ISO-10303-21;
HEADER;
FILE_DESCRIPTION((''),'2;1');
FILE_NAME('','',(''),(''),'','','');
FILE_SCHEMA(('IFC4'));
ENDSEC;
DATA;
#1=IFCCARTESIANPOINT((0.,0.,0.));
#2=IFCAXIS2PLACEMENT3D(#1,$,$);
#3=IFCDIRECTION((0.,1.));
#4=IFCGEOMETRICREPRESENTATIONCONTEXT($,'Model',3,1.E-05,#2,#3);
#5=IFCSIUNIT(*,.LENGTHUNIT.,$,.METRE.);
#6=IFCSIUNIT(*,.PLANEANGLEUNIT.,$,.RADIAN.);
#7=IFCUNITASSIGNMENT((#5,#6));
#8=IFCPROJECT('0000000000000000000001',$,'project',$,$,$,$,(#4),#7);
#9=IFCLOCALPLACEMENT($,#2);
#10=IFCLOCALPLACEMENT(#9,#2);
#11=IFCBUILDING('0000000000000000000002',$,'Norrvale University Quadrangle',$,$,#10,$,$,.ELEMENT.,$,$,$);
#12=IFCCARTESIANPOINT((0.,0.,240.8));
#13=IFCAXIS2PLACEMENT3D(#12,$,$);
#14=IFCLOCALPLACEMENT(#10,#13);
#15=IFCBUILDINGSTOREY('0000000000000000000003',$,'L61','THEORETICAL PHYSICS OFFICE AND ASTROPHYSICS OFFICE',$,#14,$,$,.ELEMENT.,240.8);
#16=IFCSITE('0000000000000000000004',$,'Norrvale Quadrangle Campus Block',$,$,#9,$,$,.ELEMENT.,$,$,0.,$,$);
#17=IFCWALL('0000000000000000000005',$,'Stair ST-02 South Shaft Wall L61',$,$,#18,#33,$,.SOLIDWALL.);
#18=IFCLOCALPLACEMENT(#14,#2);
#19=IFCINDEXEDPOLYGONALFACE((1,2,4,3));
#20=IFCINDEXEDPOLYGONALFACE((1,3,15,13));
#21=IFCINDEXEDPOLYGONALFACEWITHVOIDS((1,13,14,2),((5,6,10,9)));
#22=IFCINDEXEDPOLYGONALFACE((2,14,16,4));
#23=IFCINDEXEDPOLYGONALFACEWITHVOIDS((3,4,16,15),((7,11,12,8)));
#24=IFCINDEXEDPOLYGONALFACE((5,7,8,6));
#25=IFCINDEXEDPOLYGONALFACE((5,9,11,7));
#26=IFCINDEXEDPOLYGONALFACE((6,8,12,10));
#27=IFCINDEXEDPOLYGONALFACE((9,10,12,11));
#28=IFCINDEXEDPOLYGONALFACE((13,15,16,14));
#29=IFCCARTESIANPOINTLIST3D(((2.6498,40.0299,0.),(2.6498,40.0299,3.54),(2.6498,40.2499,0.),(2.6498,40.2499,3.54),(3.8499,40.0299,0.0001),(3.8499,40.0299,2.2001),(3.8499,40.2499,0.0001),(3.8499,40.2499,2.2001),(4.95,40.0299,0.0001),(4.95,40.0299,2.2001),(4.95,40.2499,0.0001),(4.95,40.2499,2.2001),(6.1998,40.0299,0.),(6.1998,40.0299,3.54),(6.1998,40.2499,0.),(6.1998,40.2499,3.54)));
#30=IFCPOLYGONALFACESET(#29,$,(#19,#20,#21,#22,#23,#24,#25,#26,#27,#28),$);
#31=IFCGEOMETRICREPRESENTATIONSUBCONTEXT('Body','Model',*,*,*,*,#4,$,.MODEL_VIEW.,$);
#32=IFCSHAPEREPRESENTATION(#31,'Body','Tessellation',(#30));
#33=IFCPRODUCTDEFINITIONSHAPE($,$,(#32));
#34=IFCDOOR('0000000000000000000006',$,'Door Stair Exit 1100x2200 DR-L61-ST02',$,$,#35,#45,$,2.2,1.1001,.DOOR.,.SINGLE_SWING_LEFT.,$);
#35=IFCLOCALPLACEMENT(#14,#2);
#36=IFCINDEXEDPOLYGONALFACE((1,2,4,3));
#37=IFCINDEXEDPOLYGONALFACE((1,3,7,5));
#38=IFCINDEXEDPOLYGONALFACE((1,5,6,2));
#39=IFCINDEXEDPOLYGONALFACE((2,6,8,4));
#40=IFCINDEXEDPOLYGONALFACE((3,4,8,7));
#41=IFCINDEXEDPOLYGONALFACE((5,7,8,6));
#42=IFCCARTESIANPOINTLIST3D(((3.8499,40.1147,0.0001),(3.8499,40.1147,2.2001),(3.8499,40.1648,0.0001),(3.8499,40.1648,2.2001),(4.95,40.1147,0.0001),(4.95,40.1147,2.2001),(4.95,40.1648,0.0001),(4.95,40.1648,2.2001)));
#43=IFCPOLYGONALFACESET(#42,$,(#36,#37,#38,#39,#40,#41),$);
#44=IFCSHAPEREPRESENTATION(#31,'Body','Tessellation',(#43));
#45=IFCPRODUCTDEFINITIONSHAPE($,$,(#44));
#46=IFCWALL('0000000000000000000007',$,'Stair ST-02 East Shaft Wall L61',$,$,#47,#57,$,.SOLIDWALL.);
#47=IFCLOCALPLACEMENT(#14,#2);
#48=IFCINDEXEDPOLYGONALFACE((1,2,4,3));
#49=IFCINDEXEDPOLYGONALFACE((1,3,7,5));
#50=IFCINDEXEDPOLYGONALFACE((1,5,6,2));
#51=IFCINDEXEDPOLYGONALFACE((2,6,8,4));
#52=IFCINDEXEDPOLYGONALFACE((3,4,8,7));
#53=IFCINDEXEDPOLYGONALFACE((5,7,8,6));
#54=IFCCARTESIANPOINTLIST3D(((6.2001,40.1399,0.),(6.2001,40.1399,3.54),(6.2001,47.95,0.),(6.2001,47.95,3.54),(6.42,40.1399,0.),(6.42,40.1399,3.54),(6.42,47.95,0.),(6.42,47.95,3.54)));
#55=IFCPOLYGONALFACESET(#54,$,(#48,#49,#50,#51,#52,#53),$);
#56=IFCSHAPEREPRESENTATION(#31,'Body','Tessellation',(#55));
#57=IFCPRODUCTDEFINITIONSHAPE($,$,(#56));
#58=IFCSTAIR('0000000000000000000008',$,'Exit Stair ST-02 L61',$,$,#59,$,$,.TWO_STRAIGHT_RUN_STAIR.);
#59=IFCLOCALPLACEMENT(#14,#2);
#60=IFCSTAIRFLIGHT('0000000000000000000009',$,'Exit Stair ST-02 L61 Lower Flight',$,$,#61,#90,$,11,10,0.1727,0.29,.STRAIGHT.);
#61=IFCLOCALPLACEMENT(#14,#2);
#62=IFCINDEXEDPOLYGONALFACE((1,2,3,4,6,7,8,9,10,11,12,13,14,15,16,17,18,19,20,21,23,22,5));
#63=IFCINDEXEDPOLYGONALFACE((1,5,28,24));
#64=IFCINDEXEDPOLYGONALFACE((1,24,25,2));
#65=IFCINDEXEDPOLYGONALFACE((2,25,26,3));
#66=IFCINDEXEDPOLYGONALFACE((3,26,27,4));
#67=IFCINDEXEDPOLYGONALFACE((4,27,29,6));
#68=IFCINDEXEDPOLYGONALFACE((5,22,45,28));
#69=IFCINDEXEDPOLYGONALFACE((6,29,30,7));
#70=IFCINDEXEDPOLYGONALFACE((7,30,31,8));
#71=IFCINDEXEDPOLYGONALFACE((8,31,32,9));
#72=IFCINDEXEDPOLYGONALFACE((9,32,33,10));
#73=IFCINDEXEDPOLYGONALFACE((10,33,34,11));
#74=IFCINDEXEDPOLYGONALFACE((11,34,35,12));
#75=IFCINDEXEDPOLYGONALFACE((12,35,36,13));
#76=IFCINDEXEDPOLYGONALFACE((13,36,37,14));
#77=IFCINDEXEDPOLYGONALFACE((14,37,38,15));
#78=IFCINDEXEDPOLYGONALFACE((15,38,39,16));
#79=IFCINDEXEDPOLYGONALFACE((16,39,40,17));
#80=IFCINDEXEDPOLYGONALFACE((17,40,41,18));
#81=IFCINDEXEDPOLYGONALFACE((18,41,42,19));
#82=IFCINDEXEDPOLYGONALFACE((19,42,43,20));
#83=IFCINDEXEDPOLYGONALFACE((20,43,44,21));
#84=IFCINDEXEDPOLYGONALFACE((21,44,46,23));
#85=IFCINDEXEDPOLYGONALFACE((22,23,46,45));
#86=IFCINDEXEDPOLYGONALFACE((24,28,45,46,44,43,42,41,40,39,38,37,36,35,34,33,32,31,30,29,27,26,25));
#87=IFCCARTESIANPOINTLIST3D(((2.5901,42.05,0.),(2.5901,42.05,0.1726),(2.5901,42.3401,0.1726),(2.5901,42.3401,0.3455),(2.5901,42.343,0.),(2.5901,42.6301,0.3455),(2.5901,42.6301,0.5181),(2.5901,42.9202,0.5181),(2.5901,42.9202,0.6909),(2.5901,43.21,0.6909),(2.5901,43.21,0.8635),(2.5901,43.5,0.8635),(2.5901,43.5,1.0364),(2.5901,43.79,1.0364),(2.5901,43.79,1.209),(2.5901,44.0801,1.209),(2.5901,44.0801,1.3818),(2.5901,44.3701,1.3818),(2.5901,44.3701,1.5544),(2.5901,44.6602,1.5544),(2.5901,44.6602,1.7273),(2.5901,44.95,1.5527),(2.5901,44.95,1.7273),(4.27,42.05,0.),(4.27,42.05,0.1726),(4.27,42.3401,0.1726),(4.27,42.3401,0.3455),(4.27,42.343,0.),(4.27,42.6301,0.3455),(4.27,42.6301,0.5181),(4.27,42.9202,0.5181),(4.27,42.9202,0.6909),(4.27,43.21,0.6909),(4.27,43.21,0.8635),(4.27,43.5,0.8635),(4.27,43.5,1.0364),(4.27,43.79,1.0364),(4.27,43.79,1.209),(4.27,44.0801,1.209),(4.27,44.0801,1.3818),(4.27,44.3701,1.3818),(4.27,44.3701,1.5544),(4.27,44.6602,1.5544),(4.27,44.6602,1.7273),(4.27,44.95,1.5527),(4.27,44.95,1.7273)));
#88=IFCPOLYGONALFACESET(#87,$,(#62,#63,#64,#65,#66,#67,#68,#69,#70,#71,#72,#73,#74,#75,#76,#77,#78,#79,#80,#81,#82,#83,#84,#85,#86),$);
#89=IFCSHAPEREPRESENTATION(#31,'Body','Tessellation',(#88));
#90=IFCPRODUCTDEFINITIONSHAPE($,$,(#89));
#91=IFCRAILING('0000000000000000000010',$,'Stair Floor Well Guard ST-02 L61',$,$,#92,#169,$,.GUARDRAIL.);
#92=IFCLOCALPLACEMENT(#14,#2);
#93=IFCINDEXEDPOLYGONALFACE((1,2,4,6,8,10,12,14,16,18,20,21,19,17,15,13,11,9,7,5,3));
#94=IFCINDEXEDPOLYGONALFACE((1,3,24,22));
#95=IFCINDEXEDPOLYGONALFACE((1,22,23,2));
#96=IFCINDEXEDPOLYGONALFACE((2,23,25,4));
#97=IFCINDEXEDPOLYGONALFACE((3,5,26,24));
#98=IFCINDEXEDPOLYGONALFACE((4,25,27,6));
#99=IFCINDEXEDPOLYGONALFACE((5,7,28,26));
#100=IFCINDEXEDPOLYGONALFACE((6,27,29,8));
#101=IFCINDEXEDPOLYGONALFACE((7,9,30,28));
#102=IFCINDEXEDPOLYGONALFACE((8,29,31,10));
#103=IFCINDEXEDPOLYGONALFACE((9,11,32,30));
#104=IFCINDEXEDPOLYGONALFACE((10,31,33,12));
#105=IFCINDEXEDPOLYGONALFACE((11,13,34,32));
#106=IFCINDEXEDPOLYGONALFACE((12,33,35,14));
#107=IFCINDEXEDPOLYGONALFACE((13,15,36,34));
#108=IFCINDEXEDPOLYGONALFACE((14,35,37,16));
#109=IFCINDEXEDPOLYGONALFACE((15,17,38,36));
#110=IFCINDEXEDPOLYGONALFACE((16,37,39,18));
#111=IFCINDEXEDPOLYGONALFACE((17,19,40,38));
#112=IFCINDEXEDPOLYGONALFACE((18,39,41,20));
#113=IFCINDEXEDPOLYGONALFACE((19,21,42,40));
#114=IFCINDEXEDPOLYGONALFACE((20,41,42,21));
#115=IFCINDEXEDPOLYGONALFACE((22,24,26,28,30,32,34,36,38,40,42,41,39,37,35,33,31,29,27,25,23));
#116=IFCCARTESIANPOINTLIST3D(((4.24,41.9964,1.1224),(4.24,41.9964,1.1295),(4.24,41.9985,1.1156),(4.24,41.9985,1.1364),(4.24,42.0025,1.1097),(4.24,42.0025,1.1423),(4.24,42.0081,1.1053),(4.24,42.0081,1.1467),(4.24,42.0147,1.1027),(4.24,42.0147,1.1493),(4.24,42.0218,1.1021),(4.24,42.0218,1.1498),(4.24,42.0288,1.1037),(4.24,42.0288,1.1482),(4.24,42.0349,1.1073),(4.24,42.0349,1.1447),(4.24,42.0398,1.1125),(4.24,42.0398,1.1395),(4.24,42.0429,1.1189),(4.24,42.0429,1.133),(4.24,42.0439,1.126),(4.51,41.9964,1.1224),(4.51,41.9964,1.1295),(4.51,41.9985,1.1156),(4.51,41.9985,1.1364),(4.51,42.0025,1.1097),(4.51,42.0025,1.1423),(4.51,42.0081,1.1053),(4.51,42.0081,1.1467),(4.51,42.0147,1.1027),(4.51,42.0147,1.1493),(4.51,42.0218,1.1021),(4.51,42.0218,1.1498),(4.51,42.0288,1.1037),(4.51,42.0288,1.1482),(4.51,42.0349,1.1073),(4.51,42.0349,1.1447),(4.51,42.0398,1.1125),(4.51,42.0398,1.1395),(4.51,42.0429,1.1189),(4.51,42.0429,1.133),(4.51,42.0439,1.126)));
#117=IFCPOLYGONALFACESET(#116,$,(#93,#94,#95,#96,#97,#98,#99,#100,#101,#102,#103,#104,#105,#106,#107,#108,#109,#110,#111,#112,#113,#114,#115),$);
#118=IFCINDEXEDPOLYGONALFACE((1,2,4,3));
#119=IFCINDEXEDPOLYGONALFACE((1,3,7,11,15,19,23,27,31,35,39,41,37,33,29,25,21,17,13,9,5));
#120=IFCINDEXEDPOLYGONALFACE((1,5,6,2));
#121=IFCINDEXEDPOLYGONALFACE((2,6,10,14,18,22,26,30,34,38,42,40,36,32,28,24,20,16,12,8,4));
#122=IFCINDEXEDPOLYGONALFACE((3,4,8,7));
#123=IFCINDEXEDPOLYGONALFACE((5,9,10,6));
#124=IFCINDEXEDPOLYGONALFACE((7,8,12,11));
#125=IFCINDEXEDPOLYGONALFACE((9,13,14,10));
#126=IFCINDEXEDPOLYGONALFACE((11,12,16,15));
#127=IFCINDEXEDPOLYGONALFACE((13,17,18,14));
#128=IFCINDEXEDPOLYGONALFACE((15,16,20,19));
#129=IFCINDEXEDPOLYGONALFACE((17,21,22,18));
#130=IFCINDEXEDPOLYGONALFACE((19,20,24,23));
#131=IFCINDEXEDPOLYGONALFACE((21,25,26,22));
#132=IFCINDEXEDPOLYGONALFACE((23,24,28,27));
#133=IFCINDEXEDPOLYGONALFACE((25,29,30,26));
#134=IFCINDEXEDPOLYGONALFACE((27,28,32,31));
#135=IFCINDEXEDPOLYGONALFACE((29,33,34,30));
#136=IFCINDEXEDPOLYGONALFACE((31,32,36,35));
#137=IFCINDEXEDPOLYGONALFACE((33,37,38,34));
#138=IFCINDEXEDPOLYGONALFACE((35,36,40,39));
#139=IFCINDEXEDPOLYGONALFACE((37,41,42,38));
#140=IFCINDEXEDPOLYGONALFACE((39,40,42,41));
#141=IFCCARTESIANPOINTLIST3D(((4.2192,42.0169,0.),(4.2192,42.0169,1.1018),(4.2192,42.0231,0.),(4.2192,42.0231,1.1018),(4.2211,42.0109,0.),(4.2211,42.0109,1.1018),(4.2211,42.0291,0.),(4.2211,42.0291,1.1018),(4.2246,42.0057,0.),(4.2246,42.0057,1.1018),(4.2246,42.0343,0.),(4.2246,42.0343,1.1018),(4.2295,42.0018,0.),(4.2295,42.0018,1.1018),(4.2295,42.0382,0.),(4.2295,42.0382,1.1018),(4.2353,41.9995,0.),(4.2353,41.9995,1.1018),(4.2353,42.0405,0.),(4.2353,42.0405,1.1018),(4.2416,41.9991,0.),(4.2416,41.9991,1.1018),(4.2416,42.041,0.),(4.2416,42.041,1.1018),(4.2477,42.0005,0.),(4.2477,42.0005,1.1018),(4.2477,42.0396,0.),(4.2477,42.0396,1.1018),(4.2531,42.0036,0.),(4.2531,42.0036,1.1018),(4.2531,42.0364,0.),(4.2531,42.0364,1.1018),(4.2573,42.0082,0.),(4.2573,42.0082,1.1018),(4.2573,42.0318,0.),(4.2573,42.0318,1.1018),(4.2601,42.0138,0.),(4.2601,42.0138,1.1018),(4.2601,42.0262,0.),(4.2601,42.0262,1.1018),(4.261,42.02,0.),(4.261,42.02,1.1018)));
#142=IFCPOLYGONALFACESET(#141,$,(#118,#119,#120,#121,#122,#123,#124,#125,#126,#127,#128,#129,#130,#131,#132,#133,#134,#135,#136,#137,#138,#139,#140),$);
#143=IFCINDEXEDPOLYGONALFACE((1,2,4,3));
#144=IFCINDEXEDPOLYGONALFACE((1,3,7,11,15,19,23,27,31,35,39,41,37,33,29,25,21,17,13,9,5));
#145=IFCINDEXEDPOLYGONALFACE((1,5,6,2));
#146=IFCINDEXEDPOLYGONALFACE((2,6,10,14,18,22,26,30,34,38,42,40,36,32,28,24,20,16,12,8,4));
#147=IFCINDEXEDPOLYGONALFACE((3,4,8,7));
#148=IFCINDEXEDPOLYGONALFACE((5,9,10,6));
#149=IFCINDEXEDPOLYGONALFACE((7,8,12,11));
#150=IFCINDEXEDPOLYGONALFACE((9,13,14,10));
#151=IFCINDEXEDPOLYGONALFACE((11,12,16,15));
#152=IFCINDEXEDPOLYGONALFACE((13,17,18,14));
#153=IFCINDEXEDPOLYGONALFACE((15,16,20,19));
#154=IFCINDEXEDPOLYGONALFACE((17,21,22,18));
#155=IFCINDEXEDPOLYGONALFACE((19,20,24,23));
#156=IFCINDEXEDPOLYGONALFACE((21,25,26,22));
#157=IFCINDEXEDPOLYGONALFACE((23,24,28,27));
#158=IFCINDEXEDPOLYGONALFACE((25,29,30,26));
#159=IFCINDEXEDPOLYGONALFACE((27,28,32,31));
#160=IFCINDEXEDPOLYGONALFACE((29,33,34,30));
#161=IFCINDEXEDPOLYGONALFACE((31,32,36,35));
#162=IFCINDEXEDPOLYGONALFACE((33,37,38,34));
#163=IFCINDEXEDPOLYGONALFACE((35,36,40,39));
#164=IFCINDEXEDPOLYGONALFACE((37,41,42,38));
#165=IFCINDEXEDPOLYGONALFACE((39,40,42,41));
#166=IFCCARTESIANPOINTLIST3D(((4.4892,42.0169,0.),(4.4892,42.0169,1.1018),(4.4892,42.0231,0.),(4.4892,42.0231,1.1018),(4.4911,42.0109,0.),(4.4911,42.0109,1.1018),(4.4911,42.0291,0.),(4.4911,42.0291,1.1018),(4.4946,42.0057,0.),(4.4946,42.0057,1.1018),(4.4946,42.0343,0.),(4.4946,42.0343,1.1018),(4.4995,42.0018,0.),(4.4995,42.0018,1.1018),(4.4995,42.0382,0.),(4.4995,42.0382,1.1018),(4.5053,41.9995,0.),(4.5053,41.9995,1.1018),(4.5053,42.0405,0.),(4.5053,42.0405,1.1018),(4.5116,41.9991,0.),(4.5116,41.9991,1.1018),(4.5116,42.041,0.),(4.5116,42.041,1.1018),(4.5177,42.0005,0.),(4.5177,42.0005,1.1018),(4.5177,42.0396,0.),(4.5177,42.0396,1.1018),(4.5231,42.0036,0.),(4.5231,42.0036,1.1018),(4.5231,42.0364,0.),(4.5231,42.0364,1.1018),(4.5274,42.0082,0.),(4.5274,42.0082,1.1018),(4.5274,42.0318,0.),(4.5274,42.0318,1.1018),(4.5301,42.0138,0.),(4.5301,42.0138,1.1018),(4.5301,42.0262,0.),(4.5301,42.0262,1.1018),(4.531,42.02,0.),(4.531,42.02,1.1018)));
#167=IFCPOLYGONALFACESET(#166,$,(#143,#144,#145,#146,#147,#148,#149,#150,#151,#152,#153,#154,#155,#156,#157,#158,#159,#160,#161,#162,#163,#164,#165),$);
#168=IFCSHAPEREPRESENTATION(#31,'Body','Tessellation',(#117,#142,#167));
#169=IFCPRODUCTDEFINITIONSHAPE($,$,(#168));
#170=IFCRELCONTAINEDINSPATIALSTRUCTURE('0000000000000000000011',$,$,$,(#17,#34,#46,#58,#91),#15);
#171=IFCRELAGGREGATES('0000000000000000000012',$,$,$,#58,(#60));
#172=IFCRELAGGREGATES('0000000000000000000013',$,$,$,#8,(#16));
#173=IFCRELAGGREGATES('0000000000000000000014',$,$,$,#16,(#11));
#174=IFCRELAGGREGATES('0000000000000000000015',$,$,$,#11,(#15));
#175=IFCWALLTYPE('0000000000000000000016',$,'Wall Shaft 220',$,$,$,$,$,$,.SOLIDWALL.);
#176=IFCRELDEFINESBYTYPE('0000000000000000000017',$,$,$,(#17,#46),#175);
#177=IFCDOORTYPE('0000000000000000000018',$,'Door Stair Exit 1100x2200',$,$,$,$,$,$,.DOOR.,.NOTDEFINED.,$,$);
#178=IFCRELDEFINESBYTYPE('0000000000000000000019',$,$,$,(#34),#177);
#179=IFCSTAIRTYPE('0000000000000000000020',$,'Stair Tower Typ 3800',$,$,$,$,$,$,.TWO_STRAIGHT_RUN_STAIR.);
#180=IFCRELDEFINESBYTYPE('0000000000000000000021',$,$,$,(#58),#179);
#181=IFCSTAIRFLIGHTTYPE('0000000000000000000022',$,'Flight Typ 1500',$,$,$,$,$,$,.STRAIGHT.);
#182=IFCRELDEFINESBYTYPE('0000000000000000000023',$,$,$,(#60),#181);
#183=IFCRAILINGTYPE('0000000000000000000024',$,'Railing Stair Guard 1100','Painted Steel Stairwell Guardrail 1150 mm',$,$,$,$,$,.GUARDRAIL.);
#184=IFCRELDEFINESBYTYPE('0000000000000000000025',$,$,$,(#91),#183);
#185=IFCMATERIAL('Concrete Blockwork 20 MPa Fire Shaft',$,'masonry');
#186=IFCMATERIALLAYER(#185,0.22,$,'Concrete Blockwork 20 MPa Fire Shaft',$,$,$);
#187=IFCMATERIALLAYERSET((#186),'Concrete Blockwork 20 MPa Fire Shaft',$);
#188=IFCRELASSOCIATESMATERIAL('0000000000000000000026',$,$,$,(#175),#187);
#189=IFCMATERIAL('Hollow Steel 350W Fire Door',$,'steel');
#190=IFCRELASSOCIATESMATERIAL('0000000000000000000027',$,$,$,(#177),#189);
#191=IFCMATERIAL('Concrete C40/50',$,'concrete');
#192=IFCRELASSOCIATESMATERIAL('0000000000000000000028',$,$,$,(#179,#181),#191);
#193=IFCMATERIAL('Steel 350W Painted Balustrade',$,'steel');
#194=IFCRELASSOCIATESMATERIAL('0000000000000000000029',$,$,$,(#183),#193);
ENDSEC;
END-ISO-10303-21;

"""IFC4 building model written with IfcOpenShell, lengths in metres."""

from ifc_helpers import new_model, si_unit, direction, frame, frame_2d, origin, origin_2d, place, context, subcontext, project, spatial, polyline, rectangle, circle, outline, extrude, material, layer, layer_set, type_object, element, fill, aggregate, save


model = new_model("IFC4")

# Units and contexts
model_context = context("Model", 3, precision=1e-05, world=origin(), true_north=direction((0.0, 1.0)))
body_context = subcontext(model_context, "Body", "Model", "MODEL_VIEW")
ifc_project = project(units=[si_unit("LENGTHUNIT", "METRE"), si_unit("PLANEANGLEUNIT", "RADIAN")], contexts=[model_context])

# Site, building, storey
site_placement = place(None, origin())
site = spatial("IfcSite", under=ifc_project, at=site_placement, Name="Norrvale Quadrangle Campus Block", CompositionType="ELEMENT", RefElevation=0.0)
building_placement = place(site_placement, origin())
building = spatial("IfcBuilding", under=site, at=building_placement, Name="Norrvale University Quadrangle", CompositionType="ELEMENT")
storey_placement = place(building_placement, frame((0.0, 0.0, 240.8)))
storey = spatial("IfcBuildingStorey", under=building, at=storey_placement, Name="L61", Description="THEORETICAL PHYSICS OFFICE AND ASTROPHYSICS OFFICE", CompositionType="ELEMENT", Elevation=240.8)

# Wall, opening, door
ifc_material_1 = material(Name="Concrete Blockwork 20 MPa Fire Shaft", Category="masonry")
ifc_layer_1 = layer(ifc_material_1, 0.22, Name="Concrete Blockwork 20 MPa Fire Shaft")
ifc_layer_set_1 = layer_set([ifc_layer_1], Name="Concrete Blockwork 20 MPa Fire Shaft")
wall_type_1 = type_object("IfcWallType", Name="Wall Shaft 220", PredefinedType="SOLIDWALL", material=ifc_layer_set_1)
wall_1_placement = place(storey_placement, frame((2.6499, 40.1399, 0.0), z_axis=(0.0, 0.0, 1.0), x_axis=(1.0, 0.0, 0.0)))
wall_1 = element("IfcWall", 1, at=wall_1_placement, inside=storey, type_object=wall_type_1, Name="Stair ST-02 South Shaft Wall L61", PredefinedType="SOLIDWALL", context=body_context, shape_type="SweptSolid", body=[
    extrude(rectangle(XDim=3.55, YDim=0.22, at=frame_2d((1.7749, 0.0))), origin(), (0.0, 0.0, 1.0), 3.54),
])
opening_placement = place(wall_1_placement, frame((1.2, 0.0, 0.0)))
opening = element("IfcOpeningElement", 2, at=opening_placement, cuts=wall_1, PredefinedType="OPENING", context=body_context, shape_type="SweptSolid", body=[
    extrude(rectangle(XDim=1.1001, YDim=2.2, at=frame_2d((0.55, 1.1001))), frame((0.0, 0.1221, 0.0), z_axis=(0.0, -1.0, 0.0), x_axis=(1.0, 0.0, 0.0)), (0.0, 0.0, 1.0), 0.2439),
])
ifc_material_2 = material(Name="Hollow Steel 350W Fire Door", Category="steel")
door_type = type_object("IfcDoorType", Name="Door Stair Exit 1100x2200", OperationType="NOTDEFINED", PredefinedType="DOOR", material=ifc_material_2)
door_placement = place(opening_placement, origin())
door = element("IfcDoor", 3, at=door_placement, inside=storey, type_object=door_type, Name="Door Stair Exit 1100x2200 DR-L61-ST02", OperationType="SINGLE_SWING_LEFT", OverallHeight=2.2, OverallWidth=1.1001, PredefinedType="DOOR", context=body_context, shape_type="SweptSolid", body=[
    extrude(rectangle(XDim=1.1001, YDim=2.2, at=frame_2d((0.55, 1.1001))), frame((0.0, 0.0249, 0.0), z_axis=(0.0, -1.0, 0.0), x_axis=(1.0, 0.0, 0.0)), (0.0, 0.0, 1.0), 0.05),
])
fill(opening, door)

# Wall
wall_2_placement = place(storey_placement, frame((6.3101, 40.1399, 0.0), z_axis=(0.0, 0.0, 1.0), x_axis=(0.0, 1.0, 0.0)))
element("IfcWall", 4, at=wall_2_placement, inside=storey, type_object=wall_type_1, Name="Stair ST-02 East Shaft Wall L61", PredefinedType="SOLIDWALL", context=body_context, shape_type="SweptSolid", body=[
    extrude(rectangle(XDim=7.8101, YDim=0.22, at=frame_2d((3.905, 0.0))), origin(), (0.0, 0.0, 1.0), 3.54),
])

# Stair, stair flight
ifc_material_3 = material(Name="Concrete C40/50", Category="concrete")
stair_type = type_object("IfcStairType", Name="Stair Tower Typ 3800", PredefinedType="TWO_STRAIGHT_RUN_STAIR", material=ifc_material_3)
stair_placement = place(storey_placement, origin())
stair = element("IfcStair", 5, at=stair_placement, inside=storey, type_object=stair_type, Name="Exit Stair ST-02 L61", PredefinedType="TWO_STRAIGHT_RUN_STAIR")
stair_flight_type = type_object("IfcStairFlightType", Name="Flight Typ 1500", PredefinedType="STRAIGHT", material=ifc_material_3)
stair_flight_placement = place(storey_placement, frame((3.4299, 42.05, 0.0), z_axis=(0.0, 0.0, 1.0), x_axis=(0.0, 1.0, 0.0)))
stair_flight = element("IfcStairFlight", 6, at=stair_flight_placement, type_object=stair_flight_type, Name="Exit Stair ST-02 L61 Lower Flight", NumberOfRisers=11, NumberOfTreads=10, PredefinedType="STRAIGHT", RiserHeight=0.1727, TreadLength=0.29, context=body_context, shape_type="SweptSolid", body=[
    extrude(outline(polyline([(0.0, 0.0), (0.0, 0.1726), (0.29, 0.1726), (0.29, 0.3455), (0.5801, 0.3455), (0.5801, 0.5181), (0.8701, 0.5181), (0.8701, 0.6909), (1.1599, 0.6909), (1.1599, 0.8635), (1.45, 0.8635), (1.45, 1.0364), (1.74, 1.0364), (1.74, 1.209), (2.03, 1.209), (2.03, 1.3818), (2.3201, 1.3818), (2.3201, 1.5544), (2.6101, 1.5544), (2.6101, 1.7273), (2.8999, 1.7273), (2.8999, 1.8999), (2.8999, 1.5527), (0.293, 0.0), (0.0, 0.0)])), frame((0.0, 0.8398, 0.0), z_axis=(0.0, -1.0, 0.0), x_axis=(1.0, 0.0, 0.0)), (0.0, 0.0, 1.0), 1.6799),
])
aggregate(stair, [stair_flight])

# Railing
ifc_material_4 = material(Name="Steel 350W Painted Balustrade", Category="steel")
railing_type_1 = type_object("IfcRailingType", Name="Railing Stair Guard 1100", Description="Painted Steel Stairwell Guardrail 1150 mm", PredefinedType="GUARDRAIL", material=ifc_material_4)
railing_1_placement = place(storey_placement, frame((4.24, 42.02, 0.0)))
element("IfcRailing", 7, at=railing_1_placement, inside=storey, type_object=railing_type_1, Name="Stair Floor Well Guard ST-02 L61", PredefinedType="GUARDRAIL", context=body_context, shape_type="SweptSolid", body=[
    extrude(circle(Radius=0.0239, at=origin_2d()), frame((0.0, 0.0, 1.126), z_axis=(1.0, 0.0, 0.0), x_axis=(0.0, 1.0, 0.0)), (0.0, 0.0, 1.0), 0.27),
    extrude(circle(Radius=0.021, at=origin_2d()), origin(), (0.0, 0.0, 1.0), 1.1018),
    extrude(circle(Radius=0.021, at=origin_2d()), frame((0.27, 0.0, 0.0)), (0.0, 0.0, 1.0), 1.1018),
])

save(model, "model.ifc")
